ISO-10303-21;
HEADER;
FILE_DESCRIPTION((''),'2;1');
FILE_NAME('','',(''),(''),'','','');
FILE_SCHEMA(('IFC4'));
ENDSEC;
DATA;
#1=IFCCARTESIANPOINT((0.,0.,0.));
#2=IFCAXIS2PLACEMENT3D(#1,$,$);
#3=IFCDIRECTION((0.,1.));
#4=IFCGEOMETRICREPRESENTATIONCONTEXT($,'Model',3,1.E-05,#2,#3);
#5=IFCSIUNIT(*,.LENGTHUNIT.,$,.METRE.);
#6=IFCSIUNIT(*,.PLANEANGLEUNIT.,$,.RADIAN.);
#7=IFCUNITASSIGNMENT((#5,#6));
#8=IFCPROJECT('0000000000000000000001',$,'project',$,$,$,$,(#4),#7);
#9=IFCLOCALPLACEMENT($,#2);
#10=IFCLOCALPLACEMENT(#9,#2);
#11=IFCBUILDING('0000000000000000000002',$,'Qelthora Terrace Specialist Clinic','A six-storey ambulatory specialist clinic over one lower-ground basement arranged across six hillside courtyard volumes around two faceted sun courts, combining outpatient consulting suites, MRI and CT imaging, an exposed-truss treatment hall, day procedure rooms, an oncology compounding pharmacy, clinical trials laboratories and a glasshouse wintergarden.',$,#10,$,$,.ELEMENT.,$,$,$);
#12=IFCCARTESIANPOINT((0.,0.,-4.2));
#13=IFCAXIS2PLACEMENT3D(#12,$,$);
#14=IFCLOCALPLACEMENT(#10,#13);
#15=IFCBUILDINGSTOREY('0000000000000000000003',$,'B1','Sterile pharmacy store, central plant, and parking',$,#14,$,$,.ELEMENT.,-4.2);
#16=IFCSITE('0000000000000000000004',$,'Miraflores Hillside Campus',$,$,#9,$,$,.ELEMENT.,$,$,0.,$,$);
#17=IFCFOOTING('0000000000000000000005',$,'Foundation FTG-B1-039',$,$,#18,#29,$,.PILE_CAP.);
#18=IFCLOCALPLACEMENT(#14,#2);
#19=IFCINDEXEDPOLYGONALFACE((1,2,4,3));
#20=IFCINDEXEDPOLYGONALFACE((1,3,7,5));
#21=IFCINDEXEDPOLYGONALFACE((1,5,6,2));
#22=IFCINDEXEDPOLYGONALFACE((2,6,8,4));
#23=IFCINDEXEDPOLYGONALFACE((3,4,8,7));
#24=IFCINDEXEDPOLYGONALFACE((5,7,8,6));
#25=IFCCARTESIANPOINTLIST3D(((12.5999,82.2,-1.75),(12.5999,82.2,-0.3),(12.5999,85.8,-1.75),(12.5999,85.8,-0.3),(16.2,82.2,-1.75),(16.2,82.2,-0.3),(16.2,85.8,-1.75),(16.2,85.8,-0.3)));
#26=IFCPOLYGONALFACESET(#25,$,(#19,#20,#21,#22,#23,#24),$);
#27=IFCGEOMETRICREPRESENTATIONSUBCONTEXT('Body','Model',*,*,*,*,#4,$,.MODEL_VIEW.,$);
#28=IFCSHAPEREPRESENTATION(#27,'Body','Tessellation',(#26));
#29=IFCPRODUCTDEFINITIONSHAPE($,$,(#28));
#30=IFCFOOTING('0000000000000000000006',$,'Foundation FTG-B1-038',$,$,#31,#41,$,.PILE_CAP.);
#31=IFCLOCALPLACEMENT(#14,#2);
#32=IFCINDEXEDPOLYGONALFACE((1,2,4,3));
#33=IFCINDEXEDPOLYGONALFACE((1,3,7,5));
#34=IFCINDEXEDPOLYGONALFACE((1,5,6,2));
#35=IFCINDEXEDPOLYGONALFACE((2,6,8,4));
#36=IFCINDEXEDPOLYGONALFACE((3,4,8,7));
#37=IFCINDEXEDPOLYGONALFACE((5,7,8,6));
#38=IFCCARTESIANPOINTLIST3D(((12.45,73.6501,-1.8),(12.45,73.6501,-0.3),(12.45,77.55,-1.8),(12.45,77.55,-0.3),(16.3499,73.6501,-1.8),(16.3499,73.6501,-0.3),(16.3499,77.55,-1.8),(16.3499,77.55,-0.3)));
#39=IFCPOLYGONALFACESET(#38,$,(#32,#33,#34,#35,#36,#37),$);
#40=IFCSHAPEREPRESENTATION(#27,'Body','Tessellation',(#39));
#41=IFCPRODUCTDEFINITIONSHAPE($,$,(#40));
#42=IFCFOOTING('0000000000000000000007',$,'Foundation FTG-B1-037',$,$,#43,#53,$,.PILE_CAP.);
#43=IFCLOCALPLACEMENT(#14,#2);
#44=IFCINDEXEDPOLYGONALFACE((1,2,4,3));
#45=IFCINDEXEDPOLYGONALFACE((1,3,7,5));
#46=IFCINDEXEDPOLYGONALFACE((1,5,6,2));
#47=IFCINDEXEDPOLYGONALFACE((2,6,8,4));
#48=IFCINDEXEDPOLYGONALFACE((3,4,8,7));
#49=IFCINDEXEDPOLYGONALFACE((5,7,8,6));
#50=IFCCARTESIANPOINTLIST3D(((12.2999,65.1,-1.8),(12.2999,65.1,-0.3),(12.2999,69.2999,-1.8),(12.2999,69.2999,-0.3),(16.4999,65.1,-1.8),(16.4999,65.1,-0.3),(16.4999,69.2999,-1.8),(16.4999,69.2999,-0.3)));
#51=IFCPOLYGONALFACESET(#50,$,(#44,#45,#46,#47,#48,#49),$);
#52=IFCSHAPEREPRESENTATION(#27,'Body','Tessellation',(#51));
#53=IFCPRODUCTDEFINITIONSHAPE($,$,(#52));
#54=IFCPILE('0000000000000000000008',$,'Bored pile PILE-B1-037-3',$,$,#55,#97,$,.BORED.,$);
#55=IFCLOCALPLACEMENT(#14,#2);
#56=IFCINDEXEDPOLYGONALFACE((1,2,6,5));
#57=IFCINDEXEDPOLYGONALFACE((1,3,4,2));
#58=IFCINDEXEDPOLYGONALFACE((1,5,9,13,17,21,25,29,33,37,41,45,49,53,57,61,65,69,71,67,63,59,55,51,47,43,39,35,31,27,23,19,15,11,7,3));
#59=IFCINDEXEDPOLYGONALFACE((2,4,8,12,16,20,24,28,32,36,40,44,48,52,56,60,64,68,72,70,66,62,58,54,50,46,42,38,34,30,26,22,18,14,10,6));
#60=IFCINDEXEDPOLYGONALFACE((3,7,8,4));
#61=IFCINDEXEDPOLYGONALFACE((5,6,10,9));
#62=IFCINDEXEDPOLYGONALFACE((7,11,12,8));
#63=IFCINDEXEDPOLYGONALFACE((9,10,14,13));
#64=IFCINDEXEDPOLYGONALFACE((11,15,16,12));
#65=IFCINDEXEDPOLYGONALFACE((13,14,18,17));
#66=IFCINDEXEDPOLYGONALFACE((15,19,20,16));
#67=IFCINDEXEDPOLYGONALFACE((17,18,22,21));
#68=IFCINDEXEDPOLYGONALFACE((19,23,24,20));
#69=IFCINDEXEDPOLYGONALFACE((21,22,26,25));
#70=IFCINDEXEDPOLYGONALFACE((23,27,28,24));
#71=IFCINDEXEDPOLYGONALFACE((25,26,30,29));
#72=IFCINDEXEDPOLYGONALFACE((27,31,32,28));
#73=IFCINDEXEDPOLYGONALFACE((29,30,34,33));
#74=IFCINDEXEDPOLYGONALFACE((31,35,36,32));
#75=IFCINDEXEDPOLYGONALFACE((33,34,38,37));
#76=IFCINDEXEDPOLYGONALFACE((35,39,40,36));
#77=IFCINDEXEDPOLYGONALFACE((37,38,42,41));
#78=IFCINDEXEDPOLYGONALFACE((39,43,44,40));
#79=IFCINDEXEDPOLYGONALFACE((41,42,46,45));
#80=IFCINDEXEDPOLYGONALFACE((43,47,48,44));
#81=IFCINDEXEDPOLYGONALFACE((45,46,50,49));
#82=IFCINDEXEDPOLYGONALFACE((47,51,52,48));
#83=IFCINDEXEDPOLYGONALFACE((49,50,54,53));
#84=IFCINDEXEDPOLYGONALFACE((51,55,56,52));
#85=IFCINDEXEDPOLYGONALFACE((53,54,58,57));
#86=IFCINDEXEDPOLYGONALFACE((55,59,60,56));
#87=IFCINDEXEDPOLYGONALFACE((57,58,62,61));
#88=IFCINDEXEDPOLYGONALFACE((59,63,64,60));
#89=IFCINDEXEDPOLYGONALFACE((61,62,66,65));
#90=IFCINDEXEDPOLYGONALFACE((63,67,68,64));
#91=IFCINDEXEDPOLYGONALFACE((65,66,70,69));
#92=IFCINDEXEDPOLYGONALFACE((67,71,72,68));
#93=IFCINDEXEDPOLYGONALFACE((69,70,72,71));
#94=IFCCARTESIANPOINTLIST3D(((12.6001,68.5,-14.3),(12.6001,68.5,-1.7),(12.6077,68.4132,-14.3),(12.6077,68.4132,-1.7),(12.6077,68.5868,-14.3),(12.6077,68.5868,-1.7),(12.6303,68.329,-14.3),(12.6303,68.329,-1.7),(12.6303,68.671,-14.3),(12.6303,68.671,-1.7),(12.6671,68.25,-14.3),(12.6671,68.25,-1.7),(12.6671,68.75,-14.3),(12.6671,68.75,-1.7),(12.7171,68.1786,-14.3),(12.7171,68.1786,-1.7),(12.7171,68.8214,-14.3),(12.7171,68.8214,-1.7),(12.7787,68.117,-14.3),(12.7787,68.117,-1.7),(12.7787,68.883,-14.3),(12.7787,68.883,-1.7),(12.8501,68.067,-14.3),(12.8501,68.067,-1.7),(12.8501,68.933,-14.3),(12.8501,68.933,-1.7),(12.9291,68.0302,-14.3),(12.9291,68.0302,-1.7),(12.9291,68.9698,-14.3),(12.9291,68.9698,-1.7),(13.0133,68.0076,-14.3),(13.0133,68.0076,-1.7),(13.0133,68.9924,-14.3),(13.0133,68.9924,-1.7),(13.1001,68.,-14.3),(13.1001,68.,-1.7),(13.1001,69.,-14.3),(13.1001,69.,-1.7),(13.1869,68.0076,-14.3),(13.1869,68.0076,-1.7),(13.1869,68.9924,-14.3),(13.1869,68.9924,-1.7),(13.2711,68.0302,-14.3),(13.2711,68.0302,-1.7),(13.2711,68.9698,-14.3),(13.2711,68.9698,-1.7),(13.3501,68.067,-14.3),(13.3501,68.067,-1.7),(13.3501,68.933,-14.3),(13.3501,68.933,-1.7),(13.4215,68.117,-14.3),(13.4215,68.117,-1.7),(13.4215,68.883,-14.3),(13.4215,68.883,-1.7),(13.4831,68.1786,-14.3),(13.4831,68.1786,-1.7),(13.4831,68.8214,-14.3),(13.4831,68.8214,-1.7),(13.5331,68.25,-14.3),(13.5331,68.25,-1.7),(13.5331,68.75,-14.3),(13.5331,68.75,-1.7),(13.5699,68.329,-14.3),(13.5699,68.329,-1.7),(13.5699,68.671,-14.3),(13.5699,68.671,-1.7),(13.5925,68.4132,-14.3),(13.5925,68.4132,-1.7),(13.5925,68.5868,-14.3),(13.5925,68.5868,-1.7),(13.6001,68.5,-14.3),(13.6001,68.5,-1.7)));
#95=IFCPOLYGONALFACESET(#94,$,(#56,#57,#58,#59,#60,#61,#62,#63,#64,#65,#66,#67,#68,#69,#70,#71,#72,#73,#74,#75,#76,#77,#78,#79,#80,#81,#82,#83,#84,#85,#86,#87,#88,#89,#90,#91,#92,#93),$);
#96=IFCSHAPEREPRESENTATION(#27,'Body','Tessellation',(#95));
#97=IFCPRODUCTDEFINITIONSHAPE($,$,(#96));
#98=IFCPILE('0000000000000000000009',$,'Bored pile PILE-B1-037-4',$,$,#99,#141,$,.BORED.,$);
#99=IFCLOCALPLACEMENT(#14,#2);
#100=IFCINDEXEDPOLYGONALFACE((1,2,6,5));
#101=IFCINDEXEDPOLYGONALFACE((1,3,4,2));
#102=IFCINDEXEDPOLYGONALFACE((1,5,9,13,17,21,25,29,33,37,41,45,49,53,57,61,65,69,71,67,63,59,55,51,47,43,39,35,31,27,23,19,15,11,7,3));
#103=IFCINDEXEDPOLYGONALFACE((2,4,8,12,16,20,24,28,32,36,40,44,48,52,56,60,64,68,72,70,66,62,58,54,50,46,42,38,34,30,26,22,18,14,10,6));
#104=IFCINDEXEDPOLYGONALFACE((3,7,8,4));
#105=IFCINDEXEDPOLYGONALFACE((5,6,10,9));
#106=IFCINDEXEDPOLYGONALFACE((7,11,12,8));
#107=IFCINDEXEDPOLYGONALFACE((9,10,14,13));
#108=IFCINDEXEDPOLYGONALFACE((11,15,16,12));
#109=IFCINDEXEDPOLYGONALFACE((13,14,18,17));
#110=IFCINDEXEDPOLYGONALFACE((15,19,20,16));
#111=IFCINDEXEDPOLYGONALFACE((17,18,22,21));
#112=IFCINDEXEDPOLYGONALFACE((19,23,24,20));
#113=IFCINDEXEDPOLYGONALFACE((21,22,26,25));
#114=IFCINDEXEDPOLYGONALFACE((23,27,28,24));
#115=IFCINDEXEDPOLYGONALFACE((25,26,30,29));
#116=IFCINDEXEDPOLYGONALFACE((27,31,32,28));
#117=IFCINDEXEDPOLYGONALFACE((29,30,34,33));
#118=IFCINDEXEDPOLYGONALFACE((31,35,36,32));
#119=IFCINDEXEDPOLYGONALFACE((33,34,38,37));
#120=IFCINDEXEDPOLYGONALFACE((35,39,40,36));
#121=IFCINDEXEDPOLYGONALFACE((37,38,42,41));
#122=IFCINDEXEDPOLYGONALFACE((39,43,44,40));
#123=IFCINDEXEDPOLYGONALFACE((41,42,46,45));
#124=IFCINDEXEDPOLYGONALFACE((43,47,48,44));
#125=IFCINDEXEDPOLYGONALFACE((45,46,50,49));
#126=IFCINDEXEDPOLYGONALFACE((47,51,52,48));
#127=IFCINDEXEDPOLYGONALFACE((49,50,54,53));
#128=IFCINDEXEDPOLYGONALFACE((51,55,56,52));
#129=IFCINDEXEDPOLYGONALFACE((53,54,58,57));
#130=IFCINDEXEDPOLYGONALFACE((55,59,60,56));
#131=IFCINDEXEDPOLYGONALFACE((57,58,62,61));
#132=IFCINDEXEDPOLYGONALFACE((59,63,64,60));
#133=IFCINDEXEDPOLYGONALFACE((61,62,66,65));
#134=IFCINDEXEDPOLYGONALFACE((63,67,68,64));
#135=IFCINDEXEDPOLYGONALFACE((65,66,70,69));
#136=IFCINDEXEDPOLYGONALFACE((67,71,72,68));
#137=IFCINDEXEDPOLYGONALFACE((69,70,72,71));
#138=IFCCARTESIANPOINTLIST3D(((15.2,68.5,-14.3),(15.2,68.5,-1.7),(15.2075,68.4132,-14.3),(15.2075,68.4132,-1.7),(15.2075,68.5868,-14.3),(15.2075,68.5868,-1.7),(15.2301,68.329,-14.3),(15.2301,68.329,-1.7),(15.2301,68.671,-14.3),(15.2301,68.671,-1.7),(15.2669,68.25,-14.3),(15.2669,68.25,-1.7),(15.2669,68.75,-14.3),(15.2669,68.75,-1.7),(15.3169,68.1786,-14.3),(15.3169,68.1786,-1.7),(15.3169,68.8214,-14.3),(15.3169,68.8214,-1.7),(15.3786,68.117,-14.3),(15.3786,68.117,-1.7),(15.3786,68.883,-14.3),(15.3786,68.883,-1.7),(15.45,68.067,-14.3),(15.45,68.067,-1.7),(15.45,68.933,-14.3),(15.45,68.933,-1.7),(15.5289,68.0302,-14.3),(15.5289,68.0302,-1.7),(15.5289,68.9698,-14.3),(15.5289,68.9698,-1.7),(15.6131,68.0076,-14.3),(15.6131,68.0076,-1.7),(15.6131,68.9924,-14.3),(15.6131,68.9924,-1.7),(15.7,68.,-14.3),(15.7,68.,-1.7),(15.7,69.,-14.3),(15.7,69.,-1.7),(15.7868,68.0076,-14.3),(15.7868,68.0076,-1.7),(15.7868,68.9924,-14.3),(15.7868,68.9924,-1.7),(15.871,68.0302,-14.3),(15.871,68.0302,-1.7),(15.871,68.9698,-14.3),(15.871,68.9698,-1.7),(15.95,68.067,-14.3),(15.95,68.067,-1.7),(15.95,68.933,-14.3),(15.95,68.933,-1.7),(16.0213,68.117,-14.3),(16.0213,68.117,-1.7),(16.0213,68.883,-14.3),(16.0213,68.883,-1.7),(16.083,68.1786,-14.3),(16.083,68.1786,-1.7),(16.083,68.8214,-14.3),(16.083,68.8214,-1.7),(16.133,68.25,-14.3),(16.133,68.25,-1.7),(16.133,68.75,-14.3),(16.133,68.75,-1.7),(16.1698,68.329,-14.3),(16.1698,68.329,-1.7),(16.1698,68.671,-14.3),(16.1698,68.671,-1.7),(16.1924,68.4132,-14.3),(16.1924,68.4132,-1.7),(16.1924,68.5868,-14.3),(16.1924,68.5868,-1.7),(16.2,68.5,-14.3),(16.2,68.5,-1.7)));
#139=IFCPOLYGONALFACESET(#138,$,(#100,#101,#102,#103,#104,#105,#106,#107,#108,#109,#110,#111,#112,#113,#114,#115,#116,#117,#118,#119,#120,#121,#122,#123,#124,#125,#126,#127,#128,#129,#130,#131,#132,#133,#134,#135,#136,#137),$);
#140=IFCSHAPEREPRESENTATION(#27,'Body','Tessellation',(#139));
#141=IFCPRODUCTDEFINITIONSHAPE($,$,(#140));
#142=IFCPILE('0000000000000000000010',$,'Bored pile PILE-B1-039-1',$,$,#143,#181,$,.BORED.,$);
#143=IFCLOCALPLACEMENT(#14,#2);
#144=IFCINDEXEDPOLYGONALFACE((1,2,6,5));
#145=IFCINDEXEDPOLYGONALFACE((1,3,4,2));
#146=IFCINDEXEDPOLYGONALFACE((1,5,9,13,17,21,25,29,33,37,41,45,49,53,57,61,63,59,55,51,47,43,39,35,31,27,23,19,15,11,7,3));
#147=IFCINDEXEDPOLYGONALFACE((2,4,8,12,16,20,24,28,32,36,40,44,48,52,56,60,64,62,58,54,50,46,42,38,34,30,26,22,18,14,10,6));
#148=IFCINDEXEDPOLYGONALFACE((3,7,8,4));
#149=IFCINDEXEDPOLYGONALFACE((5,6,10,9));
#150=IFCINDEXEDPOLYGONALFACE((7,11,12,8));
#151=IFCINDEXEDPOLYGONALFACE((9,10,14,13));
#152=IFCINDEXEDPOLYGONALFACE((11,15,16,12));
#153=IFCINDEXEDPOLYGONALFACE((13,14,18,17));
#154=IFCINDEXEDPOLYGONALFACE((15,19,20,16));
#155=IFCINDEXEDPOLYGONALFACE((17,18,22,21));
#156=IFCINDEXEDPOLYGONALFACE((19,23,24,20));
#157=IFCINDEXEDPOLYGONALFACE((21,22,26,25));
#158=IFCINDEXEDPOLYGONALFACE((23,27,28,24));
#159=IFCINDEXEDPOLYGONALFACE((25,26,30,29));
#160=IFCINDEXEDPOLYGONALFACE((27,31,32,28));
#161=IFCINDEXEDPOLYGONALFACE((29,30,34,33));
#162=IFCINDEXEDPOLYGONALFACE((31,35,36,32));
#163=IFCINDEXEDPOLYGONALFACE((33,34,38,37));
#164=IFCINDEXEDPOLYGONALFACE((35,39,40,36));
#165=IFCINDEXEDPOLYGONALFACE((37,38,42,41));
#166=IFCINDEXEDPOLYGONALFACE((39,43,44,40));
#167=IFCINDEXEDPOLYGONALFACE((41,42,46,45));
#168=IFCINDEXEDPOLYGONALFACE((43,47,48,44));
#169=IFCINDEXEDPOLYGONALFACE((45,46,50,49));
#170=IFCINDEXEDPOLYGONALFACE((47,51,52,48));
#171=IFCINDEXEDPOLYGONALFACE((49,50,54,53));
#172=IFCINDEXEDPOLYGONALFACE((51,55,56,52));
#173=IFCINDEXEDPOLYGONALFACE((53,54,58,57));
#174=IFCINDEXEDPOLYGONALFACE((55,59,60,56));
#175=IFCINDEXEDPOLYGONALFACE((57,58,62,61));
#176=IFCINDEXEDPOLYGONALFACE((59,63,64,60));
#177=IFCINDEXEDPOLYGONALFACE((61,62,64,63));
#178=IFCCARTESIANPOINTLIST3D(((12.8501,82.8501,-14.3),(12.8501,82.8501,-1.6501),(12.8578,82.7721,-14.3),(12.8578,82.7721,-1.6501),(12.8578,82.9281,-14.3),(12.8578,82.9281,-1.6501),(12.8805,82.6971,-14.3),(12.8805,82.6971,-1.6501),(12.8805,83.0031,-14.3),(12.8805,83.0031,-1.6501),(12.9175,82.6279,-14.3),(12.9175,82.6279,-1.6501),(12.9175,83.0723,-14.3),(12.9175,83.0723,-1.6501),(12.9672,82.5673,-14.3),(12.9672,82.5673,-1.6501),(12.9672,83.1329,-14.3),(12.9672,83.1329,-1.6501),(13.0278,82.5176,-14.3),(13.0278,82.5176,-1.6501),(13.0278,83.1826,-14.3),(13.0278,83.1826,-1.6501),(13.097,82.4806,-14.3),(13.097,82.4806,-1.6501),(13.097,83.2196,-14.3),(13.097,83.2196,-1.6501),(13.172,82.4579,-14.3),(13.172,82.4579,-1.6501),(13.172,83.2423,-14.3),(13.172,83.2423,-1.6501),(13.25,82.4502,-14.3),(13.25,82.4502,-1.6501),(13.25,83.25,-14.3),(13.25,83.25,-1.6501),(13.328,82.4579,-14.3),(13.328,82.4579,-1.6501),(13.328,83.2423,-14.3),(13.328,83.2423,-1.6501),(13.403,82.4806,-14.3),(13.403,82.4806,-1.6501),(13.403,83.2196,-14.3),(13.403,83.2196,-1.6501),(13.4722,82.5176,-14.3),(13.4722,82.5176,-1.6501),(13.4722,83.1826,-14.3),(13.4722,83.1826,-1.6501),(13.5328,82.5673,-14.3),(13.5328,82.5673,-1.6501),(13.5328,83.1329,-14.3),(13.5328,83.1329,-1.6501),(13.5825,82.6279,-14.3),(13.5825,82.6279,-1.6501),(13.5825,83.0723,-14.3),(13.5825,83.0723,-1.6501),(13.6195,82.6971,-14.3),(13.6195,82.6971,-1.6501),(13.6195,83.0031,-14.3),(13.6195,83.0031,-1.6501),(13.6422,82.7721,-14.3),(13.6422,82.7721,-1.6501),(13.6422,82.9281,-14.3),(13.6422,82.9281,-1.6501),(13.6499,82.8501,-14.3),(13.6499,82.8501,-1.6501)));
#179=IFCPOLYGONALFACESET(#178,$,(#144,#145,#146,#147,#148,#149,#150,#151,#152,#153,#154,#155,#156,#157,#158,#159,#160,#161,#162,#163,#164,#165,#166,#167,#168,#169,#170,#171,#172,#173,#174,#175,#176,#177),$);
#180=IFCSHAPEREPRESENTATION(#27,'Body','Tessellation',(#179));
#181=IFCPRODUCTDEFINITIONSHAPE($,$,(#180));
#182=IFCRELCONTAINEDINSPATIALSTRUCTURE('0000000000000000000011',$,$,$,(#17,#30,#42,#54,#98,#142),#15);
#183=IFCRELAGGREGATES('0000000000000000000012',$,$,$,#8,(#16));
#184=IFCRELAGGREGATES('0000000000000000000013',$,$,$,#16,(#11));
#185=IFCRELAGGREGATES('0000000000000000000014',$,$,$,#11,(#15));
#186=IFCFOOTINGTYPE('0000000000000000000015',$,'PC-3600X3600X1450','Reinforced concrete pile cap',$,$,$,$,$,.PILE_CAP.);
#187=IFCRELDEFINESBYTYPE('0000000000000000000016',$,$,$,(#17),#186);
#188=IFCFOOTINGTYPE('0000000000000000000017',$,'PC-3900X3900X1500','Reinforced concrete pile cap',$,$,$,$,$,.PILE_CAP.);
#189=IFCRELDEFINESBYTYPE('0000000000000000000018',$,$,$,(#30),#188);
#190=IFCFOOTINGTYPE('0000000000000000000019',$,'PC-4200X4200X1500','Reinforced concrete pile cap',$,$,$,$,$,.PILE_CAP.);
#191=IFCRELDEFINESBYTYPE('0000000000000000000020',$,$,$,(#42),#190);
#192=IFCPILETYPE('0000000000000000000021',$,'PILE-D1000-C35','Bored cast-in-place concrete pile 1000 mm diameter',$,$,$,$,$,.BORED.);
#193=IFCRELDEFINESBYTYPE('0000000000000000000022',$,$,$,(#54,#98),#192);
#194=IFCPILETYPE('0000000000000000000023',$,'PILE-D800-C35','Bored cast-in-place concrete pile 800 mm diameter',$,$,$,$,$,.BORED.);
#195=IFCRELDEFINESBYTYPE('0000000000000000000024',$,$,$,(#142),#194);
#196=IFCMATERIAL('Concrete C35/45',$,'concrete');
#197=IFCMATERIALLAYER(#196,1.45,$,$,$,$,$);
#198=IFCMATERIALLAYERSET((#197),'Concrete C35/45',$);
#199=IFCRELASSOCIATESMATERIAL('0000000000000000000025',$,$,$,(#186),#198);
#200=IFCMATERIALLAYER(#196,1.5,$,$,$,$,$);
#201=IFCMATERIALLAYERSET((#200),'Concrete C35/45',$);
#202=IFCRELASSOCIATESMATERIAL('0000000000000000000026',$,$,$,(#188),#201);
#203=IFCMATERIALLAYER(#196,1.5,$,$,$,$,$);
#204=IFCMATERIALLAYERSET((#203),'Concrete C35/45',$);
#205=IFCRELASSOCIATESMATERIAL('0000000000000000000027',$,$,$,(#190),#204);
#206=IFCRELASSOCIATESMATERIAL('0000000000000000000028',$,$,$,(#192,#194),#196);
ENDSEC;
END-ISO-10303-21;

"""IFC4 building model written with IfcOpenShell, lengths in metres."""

from ifc_helpers import new_model, si_unit, direction, frame, origin, origin_2d, place, context, subcontext, project, spatial, rectangle, circle, extrude, material, layer, layer_set, material_profile, profile_set, type_object, element, save


model = new_model("IFC4")

# Units and contexts
model_context = context("Model", 3, precision=1e-05, world=origin(), true_north=direction((0.0, 1.0)))
body_context = subcontext(model_context, "Body", "Model", "MODEL_VIEW")
ifc_project = project(units=[si_unit("LENGTHUNIT", "METRE"), si_unit("PLANEANGLEUNIT", "RADIAN")], contexts=[model_context])

# Site, building, storey
site_placement = place(None, origin())
site = spatial("IfcSite", under=ifc_project, at=site_placement, Name="Miraflores Hillside Campus", CompositionType="ELEMENT", RefElevation=0.0)
building_placement = place(site_placement, origin())
building = spatial("IfcBuilding", under=site, at=building_placement, Name="Qelthora Terrace Specialist Clinic", Description="A six-storey ambulatory specialist clinic over one lower-ground basement arranged across six hillside courtyard volumes around two faceted sun courts, combining outpatient consulting suites, MRI and CT imaging, an exposed-truss treatment hall, day procedure rooms, an oncology compounding pharmacy, clinical trials laboratories and a glasshouse wintergarden.", CompositionType="ELEMENT")
storey_placement = place(building_placement, frame((0.0, 0.0, -4.2)))
storey = spatial("IfcBuildingStorey", under=building, at=storey_placement, Name="B1", Description="Sterile pharmacy store, central plant, and parking", CompositionType="ELEMENT", Elevation=-4.2)

# Footings
ifc_material_1 = material(Name="Concrete C35/45", Category="concrete")
ifc_layer_1 = layer(ifc_material_1, 1.45)
ifc_layer_set_1 = layer_set([ifc_layer_1], Name="Concrete C35/45")
footing_type_1 = type_object("IfcFootingType", Name="PC-3600X3600X1450", Description="Reinforced concrete pile cap", PredefinedType="PILE_CAP", material=ifc_layer_set_1)
footing_1_placement = place(storey_placement, frame((14.3999, 84.0, -1.75), z_axis=(0.0, 0.0, 1.0), x_axis=(1.0, 0.0, 0.0)))
element("IfcFooting", 1, at=footing_1_placement, inside=storey, type_object=footing_type_1, Name="Foundation FTG-B1-039", PredefinedType="PILE_CAP", context=body_context, shape_type="SweptSolid", body=[
    extrude(rectangle(XDim=3.6001, YDim=3.6001, at=origin_2d()), origin(), (0.0, 0.0, 1.0), 1.45),
])
ifc_layer_2 = layer(ifc_material_1, 1.5)
ifc_layer_set_2 = layer_set([ifc_layer_2], Name="Concrete C35/45")
footing_type_2 = type_object("IfcFootingType", Name="PC-3900X3900X1500", Description="Reinforced concrete pile cap", PredefinedType="PILE_CAP", material=ifc_layer_set_2)
footing_2_placement = place(storey_placement, frame((14.3999, 75.6001, -1.8), z_axis=(0.0, 0.0, 1.0), x_axis=(1.0, 0.0, 0.0)))
element("IfcFooting", 2, at=footing_2_placement, inside=storey, type_object=footing_type_2, Name="Foundation FTG-B1-038", PredefinedType="PILE_CAP", context=body_context, shape_type="SweptSolid", body=[
    extrude(rectangle(XDim=3.8999, YDim=3.8999, at=origin_2d()), origin(), (0.0, 0.0, 1.0), 1.5),
])
ifc_layer_3 = layer(ifc_material_1, 1.5)
ifc_layer_set_3 = layer_set([ifc_layer_3], Name="Concrete C35/45")
footing_type_3 = type_object("IfcFootingType", Name="PC-4200X4200X1500", Description="Reinforced concrete pile cap", PredefinedType="PILE_CAP", material=ifc_layer_set_3)
footing_3_placement = place(storey_placement, frame((14.3999, 67.2, -1.8), z_axis=(0.0, 0.0, 1.0), x_axis=(1.0, 0.0, 0.0)))
element("IfcFooting", 3, at=footing_3_placement, inside=storey, type_object=footing_type_3, Name="Foundation FTG-B1-037", PredefinedType="PILE_CAP", context=body_context, shape_type="SweptSolid", body=[
    extrude(rectangle(XDim=4.2, YDim=4.2, at=origin_2d()), origin(), (0.0, 0.0, 1.0), 1.5),
])

# Piles
ifc_material_profile_1 = material_profile(ifc_material_1, circle(Radius=0.5, at=origin_2d()), Name="PILE1000")
ifc_profile_set_1 = profile_set([ifc_material_profile_1], Name="Concrete C35/45")
pile_type_1 = type_object("IfcPileType", Name="PILE-D1000-C35", Description="Bored cast-in-place concrete pile 1000 mm diameter", PredefinedType="BORED", material=ifc_profile_set_1)
for number, where, z_axis, x_axis, name in (
    (4, (13.1001, 68.5, -1.7), (0.0, 0.0, -1.0), (1.0, 0.0, 0.0), "Bored pile PILE-B1-037-3"),
    (5, (15.7, 68.5, -1.7), (0.0, 0.0, -1.0), (1.0, 0.0, 0.0), "Bored pile PILE-B1-037-4"),
):
    element("IfcPile", number, at=place(storey_placement, frame(where, z_axis=z_axis, x_axis=x_axis)), inside=storey, type_object=pile_type_1, Name=name, PredefinedType="BORED", context=body_context, shape_type="SweptSolid", body=[
        extrude(circle(Radius=0.5, at=origin_2d()), origin(), (0.0, 0.0, 1.0), 12.6001),
    ])
ifc_material_profile_2 = material_profile(ifc_material_1, circle(Radius=0.3999, at=origin_2d()), Name="PILE800")
ifc_profile_set_2 = profile_set([ifc_material_profile_2], Name="Concrete C35/45")
pile_type_2 = type_object("IfcPileType", Name="PILE-D800-C35", Description="Bored cast-in-place concrete pile 800 mm diameter", PredefinedType="BORED", material=ifc_profile_set_2)
for number, where, z_axis, x_axis, name in (
    (6, (13.25, 82.8501, -1.6501), (0.0, 0.0, -1.0), (1.0, 0.0, 0.0), "Bored pile PILE-B1-039-1"),
):
    element("IfcPile", number, at=place(storey_placement, frame(where, z_axis=z_axis, x_axis=x_axis)), inside=storey, type_object=pile_type_2, Name=name, PredefinedType="BORED", context=body_context, shape_type="SweptSolid", body=[
        extrude(circle(Radius=0.3999, at=origin_2d()), origin(), (0.0, 0.0, 1.0), 12.6499),
    ])

save(model, "model.ifc")
